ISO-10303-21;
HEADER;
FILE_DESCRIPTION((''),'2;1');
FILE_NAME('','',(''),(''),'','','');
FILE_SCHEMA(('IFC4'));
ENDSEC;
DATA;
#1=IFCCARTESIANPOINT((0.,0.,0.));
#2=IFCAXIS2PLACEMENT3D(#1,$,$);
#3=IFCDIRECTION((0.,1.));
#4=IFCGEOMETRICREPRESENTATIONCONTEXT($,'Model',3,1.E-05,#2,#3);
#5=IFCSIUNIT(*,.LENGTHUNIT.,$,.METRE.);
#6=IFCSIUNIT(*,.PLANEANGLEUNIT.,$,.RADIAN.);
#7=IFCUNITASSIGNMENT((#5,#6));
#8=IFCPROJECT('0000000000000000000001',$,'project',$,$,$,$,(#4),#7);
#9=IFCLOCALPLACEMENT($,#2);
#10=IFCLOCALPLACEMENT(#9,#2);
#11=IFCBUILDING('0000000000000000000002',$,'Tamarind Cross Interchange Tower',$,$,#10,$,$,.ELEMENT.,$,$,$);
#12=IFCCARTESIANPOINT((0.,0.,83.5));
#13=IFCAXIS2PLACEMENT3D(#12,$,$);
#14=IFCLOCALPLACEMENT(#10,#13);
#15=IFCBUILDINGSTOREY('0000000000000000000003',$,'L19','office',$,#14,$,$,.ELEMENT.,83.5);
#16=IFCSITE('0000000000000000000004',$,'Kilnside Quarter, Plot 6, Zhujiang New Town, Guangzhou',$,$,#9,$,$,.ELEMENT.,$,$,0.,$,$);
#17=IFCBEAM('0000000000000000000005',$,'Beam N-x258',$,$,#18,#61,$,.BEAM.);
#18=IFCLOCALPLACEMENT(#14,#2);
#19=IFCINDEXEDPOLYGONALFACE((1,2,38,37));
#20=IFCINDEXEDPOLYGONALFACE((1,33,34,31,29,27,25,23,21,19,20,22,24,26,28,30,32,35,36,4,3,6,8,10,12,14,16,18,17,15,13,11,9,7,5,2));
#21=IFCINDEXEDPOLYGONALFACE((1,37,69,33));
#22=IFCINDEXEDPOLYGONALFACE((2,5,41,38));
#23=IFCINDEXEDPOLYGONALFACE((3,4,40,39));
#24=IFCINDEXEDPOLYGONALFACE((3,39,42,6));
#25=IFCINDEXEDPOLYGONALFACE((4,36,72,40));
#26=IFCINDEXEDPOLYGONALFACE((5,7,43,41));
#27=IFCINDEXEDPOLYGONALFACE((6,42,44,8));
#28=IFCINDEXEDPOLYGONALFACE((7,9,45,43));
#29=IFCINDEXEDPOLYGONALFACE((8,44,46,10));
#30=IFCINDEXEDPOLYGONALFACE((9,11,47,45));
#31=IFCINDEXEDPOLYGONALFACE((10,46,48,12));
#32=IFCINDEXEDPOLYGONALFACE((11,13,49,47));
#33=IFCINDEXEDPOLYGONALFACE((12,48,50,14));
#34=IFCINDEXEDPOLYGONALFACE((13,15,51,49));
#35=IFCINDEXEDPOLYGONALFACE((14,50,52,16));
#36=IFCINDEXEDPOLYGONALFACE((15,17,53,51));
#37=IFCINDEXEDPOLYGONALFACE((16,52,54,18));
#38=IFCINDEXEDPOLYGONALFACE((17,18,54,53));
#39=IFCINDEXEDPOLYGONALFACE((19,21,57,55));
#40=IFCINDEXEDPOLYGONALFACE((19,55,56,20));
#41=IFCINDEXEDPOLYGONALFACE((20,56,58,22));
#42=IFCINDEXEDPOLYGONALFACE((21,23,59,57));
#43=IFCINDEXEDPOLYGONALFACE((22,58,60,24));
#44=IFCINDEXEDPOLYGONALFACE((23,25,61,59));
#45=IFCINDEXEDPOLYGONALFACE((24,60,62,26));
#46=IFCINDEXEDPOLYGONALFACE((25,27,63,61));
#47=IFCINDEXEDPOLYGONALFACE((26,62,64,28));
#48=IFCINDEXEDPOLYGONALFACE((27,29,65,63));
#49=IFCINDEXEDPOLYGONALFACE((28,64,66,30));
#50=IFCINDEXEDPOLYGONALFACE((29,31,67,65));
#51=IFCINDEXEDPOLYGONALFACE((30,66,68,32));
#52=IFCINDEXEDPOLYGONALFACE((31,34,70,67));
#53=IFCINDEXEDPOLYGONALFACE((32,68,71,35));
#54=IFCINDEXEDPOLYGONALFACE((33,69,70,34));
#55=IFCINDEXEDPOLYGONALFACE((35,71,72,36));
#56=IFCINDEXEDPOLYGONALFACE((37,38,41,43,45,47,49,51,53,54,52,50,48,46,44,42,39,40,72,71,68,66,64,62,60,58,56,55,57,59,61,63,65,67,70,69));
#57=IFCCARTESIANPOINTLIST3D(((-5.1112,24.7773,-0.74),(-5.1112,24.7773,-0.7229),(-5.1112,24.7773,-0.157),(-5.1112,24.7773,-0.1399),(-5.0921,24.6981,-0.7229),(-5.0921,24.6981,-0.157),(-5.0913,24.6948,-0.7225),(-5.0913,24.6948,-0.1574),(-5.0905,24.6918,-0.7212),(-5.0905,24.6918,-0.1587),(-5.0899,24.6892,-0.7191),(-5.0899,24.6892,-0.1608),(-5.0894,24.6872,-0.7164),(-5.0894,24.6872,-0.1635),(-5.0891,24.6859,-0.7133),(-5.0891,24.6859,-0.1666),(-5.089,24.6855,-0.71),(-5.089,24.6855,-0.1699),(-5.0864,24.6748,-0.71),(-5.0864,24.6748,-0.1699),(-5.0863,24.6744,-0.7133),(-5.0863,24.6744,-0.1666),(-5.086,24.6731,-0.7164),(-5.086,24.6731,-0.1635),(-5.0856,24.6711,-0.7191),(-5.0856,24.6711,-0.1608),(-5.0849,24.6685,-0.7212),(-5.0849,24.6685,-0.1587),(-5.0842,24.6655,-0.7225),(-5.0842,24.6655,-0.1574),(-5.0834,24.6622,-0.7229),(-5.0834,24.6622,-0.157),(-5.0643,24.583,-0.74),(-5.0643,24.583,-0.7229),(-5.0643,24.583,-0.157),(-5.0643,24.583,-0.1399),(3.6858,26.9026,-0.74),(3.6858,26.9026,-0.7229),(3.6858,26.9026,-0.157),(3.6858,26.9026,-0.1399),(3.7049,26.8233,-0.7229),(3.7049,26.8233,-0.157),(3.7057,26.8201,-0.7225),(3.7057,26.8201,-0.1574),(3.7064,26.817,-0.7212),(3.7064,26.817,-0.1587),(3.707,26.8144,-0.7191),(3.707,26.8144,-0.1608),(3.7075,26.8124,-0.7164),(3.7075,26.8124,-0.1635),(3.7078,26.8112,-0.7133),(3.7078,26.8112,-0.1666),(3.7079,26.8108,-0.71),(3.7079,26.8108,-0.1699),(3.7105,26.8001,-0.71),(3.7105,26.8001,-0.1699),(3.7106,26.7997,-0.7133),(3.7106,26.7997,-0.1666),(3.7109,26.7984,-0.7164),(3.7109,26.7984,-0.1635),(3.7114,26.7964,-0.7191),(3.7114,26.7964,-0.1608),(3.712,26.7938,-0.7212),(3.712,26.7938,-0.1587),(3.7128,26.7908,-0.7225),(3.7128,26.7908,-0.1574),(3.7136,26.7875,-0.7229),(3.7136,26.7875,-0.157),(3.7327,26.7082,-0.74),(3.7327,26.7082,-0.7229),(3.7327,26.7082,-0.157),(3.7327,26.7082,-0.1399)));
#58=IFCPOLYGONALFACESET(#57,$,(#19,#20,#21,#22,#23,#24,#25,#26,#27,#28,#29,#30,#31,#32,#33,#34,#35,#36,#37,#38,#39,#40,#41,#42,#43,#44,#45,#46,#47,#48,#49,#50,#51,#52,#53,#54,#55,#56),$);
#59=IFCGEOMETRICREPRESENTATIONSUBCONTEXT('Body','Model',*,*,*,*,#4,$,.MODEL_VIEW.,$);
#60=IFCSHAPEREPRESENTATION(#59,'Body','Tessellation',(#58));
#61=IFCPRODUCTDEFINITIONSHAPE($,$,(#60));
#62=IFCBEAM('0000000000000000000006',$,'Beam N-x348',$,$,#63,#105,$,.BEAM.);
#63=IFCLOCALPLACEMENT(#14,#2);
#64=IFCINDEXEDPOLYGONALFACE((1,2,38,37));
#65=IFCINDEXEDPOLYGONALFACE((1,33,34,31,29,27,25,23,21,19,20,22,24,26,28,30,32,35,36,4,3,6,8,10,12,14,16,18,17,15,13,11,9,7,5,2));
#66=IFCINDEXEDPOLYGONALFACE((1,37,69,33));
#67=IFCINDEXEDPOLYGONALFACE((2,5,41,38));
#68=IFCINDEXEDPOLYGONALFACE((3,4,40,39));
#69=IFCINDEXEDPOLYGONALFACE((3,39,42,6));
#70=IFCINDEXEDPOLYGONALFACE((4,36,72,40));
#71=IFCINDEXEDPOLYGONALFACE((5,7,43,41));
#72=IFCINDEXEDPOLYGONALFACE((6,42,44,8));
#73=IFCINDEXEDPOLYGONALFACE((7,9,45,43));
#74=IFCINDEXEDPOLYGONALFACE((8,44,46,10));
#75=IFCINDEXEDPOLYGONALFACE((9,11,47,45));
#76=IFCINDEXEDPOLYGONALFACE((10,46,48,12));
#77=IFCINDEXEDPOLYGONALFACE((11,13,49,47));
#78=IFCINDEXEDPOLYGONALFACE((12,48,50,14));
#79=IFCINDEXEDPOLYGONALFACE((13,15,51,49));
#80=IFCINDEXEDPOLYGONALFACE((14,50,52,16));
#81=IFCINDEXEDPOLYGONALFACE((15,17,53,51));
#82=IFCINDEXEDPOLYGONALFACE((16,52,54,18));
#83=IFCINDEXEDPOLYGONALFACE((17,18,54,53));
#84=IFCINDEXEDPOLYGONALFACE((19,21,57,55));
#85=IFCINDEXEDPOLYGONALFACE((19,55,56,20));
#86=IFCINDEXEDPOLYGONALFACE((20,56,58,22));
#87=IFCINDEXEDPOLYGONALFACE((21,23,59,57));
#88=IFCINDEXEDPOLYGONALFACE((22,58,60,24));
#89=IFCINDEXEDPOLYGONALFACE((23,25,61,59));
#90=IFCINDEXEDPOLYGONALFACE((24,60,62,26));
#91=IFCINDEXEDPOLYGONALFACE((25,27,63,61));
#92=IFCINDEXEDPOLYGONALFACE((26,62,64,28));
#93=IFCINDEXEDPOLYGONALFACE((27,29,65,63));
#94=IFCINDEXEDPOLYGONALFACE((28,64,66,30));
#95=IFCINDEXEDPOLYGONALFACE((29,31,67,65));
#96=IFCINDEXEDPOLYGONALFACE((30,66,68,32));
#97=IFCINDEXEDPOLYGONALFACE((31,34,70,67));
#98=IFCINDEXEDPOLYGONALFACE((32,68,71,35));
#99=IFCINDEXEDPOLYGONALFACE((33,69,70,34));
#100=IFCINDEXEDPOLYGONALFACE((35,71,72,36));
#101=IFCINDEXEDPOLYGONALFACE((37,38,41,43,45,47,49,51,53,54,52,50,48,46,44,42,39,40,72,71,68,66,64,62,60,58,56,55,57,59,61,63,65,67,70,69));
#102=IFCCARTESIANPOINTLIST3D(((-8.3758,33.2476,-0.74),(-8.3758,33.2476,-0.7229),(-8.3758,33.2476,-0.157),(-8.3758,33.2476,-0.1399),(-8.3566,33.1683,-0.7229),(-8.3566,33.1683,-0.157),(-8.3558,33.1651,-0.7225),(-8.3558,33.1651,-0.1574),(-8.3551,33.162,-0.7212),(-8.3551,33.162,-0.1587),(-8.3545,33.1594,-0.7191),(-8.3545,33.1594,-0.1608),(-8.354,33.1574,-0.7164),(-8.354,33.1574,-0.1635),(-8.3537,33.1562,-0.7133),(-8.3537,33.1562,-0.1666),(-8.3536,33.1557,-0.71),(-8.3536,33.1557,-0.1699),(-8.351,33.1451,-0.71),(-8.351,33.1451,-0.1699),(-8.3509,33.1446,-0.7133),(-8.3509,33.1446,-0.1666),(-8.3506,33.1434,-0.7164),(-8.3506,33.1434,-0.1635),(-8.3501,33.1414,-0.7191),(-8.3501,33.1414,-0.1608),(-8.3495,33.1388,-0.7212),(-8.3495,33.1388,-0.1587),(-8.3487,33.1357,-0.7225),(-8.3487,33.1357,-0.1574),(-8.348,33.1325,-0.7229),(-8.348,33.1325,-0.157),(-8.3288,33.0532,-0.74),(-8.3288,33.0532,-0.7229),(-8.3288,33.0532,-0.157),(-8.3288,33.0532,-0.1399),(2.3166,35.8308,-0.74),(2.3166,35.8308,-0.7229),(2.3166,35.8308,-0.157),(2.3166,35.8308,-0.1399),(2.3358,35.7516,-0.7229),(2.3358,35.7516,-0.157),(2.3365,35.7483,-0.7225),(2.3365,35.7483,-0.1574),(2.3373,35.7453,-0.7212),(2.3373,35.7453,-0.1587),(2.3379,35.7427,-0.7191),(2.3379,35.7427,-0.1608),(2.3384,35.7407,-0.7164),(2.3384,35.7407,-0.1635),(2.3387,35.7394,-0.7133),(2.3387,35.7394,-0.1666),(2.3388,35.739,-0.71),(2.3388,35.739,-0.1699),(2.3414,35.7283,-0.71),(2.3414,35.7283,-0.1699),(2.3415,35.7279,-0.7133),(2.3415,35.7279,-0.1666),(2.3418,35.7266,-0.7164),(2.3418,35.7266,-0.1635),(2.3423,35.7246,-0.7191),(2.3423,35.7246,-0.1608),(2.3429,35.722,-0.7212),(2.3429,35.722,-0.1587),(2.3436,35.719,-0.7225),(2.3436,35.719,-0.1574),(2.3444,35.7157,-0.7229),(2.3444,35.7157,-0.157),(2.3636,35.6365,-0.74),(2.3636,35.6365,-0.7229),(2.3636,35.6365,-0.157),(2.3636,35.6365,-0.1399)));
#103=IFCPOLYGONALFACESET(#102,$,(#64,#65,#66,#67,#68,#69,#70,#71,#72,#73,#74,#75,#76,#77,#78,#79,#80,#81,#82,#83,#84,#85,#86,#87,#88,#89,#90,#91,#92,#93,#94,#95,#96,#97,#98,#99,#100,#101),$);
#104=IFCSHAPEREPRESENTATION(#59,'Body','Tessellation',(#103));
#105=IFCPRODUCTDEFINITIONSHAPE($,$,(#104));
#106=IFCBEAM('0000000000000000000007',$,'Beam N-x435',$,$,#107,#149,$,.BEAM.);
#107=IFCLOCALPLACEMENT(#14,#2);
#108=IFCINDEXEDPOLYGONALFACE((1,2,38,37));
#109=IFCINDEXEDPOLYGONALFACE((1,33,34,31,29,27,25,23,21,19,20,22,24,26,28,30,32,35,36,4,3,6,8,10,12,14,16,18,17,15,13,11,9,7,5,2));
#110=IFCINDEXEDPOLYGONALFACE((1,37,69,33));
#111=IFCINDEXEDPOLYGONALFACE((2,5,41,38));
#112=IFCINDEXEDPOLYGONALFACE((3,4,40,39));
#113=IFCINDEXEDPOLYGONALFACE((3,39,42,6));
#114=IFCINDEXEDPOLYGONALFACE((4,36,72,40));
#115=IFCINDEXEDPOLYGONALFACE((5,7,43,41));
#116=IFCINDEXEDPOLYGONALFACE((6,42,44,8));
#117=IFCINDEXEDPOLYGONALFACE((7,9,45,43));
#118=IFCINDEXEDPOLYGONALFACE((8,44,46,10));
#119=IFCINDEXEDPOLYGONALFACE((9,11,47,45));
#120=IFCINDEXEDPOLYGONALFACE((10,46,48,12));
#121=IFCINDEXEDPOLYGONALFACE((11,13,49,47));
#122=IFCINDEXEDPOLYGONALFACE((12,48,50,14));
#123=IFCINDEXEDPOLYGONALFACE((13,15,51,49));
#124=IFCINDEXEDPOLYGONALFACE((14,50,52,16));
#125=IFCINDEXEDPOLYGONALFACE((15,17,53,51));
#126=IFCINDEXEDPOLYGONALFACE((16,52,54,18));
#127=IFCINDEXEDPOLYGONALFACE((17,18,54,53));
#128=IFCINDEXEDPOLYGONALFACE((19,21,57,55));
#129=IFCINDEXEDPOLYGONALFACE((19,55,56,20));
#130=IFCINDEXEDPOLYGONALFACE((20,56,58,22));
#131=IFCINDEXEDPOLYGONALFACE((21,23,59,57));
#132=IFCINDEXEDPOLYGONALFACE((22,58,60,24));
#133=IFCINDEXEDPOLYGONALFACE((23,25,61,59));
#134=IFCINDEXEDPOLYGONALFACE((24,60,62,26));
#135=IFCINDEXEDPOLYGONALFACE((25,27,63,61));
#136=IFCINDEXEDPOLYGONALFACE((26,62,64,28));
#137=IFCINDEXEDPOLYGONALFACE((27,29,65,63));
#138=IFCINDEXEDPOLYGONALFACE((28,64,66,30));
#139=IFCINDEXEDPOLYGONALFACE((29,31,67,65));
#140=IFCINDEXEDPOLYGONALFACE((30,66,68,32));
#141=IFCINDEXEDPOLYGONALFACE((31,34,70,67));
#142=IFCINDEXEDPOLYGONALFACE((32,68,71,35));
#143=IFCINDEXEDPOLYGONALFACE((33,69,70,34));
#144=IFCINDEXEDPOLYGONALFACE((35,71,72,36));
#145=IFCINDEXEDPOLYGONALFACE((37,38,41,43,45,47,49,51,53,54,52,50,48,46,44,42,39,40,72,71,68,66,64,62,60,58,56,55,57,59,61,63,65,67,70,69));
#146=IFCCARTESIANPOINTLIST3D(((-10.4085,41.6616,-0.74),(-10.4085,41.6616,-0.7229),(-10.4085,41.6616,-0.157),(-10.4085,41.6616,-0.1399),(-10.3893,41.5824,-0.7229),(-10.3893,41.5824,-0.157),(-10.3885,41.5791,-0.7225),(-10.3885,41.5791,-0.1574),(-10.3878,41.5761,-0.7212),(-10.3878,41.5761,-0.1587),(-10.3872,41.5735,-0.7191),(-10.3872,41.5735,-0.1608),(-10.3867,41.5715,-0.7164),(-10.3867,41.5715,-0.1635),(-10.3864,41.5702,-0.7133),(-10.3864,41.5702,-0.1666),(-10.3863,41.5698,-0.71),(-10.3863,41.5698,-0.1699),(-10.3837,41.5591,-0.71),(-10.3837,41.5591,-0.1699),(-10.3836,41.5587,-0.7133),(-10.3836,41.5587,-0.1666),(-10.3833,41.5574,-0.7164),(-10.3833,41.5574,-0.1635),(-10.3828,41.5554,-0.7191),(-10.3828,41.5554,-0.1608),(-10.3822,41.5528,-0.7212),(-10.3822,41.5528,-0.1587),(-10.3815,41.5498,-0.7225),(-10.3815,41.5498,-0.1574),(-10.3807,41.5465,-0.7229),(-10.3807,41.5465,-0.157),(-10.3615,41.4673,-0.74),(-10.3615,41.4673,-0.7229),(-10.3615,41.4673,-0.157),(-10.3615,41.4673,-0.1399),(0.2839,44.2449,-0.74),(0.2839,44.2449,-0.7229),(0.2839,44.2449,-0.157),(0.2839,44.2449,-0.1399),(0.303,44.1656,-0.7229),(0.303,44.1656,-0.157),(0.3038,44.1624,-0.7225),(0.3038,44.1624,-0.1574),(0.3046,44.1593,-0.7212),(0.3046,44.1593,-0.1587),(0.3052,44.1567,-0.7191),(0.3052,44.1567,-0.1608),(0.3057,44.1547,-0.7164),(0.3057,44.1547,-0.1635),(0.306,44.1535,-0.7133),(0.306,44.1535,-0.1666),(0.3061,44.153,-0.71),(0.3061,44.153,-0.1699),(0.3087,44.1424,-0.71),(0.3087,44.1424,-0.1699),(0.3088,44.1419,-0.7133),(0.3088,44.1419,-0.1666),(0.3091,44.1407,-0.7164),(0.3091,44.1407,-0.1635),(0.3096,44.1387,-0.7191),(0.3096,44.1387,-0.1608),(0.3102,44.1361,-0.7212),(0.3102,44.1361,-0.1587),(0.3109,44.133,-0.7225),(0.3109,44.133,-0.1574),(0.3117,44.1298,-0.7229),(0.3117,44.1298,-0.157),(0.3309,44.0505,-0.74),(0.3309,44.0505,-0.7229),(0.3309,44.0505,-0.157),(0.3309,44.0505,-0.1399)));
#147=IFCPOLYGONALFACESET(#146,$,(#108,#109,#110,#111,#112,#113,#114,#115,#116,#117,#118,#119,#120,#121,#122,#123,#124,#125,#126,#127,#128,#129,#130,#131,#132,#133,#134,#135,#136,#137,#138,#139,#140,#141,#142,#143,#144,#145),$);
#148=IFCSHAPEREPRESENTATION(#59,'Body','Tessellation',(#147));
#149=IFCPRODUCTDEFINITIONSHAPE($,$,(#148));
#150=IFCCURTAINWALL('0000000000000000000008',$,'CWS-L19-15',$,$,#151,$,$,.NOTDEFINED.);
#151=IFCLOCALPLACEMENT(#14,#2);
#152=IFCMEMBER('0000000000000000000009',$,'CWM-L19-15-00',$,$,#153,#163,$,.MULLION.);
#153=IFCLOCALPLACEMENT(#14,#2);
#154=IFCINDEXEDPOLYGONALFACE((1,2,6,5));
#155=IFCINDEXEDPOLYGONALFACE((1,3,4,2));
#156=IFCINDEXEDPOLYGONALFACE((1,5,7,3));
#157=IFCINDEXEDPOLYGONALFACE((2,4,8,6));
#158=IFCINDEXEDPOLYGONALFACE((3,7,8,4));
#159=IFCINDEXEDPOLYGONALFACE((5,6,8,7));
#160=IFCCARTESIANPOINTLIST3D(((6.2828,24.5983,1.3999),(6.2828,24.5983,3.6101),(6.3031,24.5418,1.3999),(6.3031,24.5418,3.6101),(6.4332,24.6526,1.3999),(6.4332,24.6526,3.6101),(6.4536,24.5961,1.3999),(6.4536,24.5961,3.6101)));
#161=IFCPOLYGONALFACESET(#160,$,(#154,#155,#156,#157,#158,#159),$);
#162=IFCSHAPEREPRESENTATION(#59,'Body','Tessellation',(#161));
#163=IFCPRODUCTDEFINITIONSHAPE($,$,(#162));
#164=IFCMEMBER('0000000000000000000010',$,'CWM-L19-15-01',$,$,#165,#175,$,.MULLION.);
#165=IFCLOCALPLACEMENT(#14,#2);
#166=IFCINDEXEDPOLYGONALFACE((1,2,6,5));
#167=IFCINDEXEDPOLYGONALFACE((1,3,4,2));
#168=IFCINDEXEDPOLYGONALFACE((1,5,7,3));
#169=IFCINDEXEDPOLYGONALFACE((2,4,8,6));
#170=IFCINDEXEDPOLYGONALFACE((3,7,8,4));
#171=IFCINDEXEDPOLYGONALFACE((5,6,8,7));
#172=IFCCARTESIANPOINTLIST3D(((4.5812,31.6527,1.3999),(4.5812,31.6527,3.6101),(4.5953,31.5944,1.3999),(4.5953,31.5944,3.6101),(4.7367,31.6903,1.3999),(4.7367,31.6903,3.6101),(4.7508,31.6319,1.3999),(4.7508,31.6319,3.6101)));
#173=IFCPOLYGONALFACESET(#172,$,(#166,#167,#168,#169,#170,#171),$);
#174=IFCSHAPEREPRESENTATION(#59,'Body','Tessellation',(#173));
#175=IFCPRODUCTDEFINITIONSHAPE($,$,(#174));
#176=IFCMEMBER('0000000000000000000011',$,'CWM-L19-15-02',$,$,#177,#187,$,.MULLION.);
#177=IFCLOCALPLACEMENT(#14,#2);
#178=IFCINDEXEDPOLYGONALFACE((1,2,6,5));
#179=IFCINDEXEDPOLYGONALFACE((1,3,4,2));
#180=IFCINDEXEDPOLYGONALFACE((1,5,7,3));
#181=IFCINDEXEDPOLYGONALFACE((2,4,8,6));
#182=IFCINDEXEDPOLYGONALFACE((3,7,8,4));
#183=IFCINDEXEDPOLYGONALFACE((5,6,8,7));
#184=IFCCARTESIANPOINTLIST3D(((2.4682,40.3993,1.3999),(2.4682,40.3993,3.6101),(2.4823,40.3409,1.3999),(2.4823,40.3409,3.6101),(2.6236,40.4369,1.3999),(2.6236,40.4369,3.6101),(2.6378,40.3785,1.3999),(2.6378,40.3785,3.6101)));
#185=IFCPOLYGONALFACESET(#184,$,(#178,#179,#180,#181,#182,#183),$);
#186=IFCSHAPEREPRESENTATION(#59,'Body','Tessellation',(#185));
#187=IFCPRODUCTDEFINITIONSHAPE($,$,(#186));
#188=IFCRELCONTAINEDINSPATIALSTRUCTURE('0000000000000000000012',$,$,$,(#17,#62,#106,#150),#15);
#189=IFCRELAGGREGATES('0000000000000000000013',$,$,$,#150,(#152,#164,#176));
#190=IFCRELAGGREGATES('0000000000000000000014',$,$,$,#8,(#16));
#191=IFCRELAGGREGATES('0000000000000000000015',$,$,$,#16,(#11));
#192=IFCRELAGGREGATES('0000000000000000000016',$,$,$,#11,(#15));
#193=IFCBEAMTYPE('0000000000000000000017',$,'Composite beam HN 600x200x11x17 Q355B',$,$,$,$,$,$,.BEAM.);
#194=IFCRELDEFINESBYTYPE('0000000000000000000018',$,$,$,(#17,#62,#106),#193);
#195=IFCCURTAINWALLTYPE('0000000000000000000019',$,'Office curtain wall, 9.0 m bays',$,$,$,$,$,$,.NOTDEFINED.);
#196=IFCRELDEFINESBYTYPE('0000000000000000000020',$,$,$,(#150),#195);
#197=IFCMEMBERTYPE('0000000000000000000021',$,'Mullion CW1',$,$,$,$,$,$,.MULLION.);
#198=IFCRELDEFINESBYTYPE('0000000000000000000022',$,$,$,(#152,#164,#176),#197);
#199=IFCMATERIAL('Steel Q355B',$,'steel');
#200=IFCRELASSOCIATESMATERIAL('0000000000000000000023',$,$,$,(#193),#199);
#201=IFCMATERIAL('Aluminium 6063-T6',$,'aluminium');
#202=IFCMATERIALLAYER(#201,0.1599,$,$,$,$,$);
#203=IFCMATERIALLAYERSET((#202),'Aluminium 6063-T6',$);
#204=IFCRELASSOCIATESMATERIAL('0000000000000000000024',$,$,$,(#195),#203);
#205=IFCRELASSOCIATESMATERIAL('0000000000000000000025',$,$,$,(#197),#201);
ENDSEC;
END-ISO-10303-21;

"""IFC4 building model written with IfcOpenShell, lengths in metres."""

from ifc_helpers import new_model, si_unit, direction, frame, origin, origin_2d, place, context, subcontext, project, spatial, rectangle, i_section, extrude, material, layer, layer_set, material_profile, profile_set, type_object, element, aggregate, save


model = new_model("IFC4")

# Units and contexts
model_context = context("Model", 3, precision=1e-05, world=origin(), true_north=direction((0.0, 1.0)))
body_context = subcontext(model_context, "Body", "Model", "MODEL_VIEW")
ifc_project = project(units=[si_unit("LENGTHUNIT", "METRE"), si_unit("PLANEANGLEUNIT", "RADIAN")], contexts=[model_context])

# Site, building, storey
site_placement = place(None, origin())
site = spatial("IfcSite", under=ifc_project, at=site_placement, Name="Kilnside Quarter, Plot 6, Zhujiang New Town, Guangzhou", CompositionType="ELEMENT", RefElevation=0.0)
building_placement = place(site_placement, origin())
building = spatial("IfcBuilding", under=site, at=building_placement, Name="Tamarind Cross Interchange Tower", CompositionType="ELEMENT")
storey_placement = place(building_placement, frame((0.0, 0.0, 83.5)))
storey = spatial("IfcBuildingStorey", under=building, at=storey_placement, Name="L19", Description="office", CompositionType="ELEMENT", Elevation=83.5)

# Beams
ifc_material_1 = material(Name="Steel Q355B", Category="steel")
ifc_material_profile_1 = material_profile(ifc_material_1, i_section(OverallWidth=0.2, OverallDepth=0.6001, WebThickness=0.011, FlangeThickness=0.0171, FilletRadius=0.0129, at=origin_2d()), Name="HN 600x200x11x17")
ifc_profile_set_1 = profile_set([ifc_material_profile_1], Name="Steel Q355B")
beam_type_1 = type_object("IfcBeamType", Name="Composite beam HN 600x200x11x17 Q355B", PredefinedType="BEAM", material=ifc_profile_set_1)
beam_1_placement = place(storey_placement, frame((3.7092, 26.8054, -0.4399), z_axis=(-0.972035, -0.234835, 0.0), x_axis=(0.234835, -0.972035, 0.0)))
element("IfcBeam", 1, at=beam_1_placement, inside=storey, type_object=beam_type_1, Name="Beam N-x258", PredefinedType="BEAM", context=body_context, shape_type="SweptSolid", body=[
    extrude(i_section(OverallWidth=0.2, OverallDepth=0.6001, WebThickness=0.011, FlangeThickness=0.0171, FilletRadius=0.0129, at=origin_2d()), origin(), (0.0, 0.0, 1.0), 9.05),
])
for number, where, z_axis, x_axis, name in (
    (2, (2.3401, 35.7336, -0.4399), (-0.972034, -0.234841, 0.0), (0.234841, -0.972034, 0.0), "Beam N-x348"),
    (3, (0.3074, 44.1477, -0.4399), (-0.972034, -0.234841, 0.0), (0.234841, -0.972034, 0.0), "Beam N-x435"),
):
    element("IfcBeam", number, at=place(storey_placement, frame(where, z_axis=z_axis, x_axis=x_axis)), inside=storey, type_object=beam_type_1, Name=name, PredefinedType="BEAM", context=body_context, shape_type="SweptSolid", body=[
        extrude(i_section(OverallWidth=0.2, OverallDepth=0.6001, WebThickness=0.011, FlangeThickness=0.0171, FilletRadius=0.0129, at=origin_2d()), origin(), (0.0, 0.0, 1.0), 11.0),
    ])

# Curtain wall, members
ifc_material_2 = material(Name="Aluminium 6063-T6", Category="aluminium")
ifc_layer_1 = layer(ifc_material_2, 0.1599)
ifc_layer_set_1 = layer_set([ifc_layer_1], Name="Aluminium 6063-T6")
curtain_wall_type = type_object("IfcCurtainWallType", Name="Office curtain wall, 9.0 m bays", PredefinedType="NOTDEFINED", material=ifc_layer_set_1)
curtain_wall_placement = place(storey_placement, origin())
curtain_wall = element("IfcCurtainWall", 4, at=curtain_wall_placement, inside=storey, type_object=curtain_wall_type, Name="CWS-L19-15", PredefinedType="NOTDEFINED")
ifc_material_profile_2 = material_profile(ifc_material_2, rectangle(XDim=0.0601, YDim=0.1599, at=origin_2d()), Name="Mullion CW1")
ifc_profile_set_2 = profile_set([ifc_material_profile_2], Name="Aluminium 6063-T6")
member_type = type_object("IfcMemberType", Name="Mullion CW1", PredefinedType="MULLION", material=ifc_profile_set_2)
member_1_placement = place(storey_placement, frame((6.3682, 24.5972, 1.3999), z_axis=(0.0, 0.0, 1.0), x_axis=(-0.339405, 0.94064, 0.0)))
member_1 = element("IfcMember", 5, at=member_1_placement, type_object=member_type, Name="CWM-L19-15-00", PredefinedType="MULLION", context=body_context, shape_type="SweptSolid", body=[
    extrude(rectangle(XDim=0.0601, YDim=0.1599, at=origin_2d()), origin(), (0.0, 0.0, 1.0), 2.2102),
])
member_2_placement = place(storey_placement, frame((4.666, 31.6423, 1.3999), z_axis=(0.0, 0.0, 1.0), x_axis=(-0.234844, 0.972033, 0.0)))
member_2 = element("IfcMember", 6, at=member_2_placement, type_object=member_type, Name="CWM-L19-15-01", PredefinedType="MULLION", context=body_context, shape_type="SweptSolid", body=[
    extrude(rectangle(XDim=0.0601, YDim=0.1599, at=origin_2d()), origin(), (0.0, 0.0, 1.0), 2.2102),
])
member_3_placement = place(storey_placement, frame((2.553, 40.3889, 1.3999), z_axis=(0.0, 0.0, 1.0), x_axis=(-0.234844, 0.972033, 0.0)))
member_3 = element("IfcMember", 7, at=member_3_placement, type_object=member_type, Name="CWM-L19-15-02", PredefinedType="MULLION", context=body_context, shape_type="SweptSolid", body=[
    extrude(rectangle(XDim=0.0601, YDim=0.1599, at=origin_2d()), origin(), (0.0, 0.0, 1.0), 2.2102),
])
aggregate(curtain_wall, [member_1, member_2, member_3])

save(model, "model.ifc")
